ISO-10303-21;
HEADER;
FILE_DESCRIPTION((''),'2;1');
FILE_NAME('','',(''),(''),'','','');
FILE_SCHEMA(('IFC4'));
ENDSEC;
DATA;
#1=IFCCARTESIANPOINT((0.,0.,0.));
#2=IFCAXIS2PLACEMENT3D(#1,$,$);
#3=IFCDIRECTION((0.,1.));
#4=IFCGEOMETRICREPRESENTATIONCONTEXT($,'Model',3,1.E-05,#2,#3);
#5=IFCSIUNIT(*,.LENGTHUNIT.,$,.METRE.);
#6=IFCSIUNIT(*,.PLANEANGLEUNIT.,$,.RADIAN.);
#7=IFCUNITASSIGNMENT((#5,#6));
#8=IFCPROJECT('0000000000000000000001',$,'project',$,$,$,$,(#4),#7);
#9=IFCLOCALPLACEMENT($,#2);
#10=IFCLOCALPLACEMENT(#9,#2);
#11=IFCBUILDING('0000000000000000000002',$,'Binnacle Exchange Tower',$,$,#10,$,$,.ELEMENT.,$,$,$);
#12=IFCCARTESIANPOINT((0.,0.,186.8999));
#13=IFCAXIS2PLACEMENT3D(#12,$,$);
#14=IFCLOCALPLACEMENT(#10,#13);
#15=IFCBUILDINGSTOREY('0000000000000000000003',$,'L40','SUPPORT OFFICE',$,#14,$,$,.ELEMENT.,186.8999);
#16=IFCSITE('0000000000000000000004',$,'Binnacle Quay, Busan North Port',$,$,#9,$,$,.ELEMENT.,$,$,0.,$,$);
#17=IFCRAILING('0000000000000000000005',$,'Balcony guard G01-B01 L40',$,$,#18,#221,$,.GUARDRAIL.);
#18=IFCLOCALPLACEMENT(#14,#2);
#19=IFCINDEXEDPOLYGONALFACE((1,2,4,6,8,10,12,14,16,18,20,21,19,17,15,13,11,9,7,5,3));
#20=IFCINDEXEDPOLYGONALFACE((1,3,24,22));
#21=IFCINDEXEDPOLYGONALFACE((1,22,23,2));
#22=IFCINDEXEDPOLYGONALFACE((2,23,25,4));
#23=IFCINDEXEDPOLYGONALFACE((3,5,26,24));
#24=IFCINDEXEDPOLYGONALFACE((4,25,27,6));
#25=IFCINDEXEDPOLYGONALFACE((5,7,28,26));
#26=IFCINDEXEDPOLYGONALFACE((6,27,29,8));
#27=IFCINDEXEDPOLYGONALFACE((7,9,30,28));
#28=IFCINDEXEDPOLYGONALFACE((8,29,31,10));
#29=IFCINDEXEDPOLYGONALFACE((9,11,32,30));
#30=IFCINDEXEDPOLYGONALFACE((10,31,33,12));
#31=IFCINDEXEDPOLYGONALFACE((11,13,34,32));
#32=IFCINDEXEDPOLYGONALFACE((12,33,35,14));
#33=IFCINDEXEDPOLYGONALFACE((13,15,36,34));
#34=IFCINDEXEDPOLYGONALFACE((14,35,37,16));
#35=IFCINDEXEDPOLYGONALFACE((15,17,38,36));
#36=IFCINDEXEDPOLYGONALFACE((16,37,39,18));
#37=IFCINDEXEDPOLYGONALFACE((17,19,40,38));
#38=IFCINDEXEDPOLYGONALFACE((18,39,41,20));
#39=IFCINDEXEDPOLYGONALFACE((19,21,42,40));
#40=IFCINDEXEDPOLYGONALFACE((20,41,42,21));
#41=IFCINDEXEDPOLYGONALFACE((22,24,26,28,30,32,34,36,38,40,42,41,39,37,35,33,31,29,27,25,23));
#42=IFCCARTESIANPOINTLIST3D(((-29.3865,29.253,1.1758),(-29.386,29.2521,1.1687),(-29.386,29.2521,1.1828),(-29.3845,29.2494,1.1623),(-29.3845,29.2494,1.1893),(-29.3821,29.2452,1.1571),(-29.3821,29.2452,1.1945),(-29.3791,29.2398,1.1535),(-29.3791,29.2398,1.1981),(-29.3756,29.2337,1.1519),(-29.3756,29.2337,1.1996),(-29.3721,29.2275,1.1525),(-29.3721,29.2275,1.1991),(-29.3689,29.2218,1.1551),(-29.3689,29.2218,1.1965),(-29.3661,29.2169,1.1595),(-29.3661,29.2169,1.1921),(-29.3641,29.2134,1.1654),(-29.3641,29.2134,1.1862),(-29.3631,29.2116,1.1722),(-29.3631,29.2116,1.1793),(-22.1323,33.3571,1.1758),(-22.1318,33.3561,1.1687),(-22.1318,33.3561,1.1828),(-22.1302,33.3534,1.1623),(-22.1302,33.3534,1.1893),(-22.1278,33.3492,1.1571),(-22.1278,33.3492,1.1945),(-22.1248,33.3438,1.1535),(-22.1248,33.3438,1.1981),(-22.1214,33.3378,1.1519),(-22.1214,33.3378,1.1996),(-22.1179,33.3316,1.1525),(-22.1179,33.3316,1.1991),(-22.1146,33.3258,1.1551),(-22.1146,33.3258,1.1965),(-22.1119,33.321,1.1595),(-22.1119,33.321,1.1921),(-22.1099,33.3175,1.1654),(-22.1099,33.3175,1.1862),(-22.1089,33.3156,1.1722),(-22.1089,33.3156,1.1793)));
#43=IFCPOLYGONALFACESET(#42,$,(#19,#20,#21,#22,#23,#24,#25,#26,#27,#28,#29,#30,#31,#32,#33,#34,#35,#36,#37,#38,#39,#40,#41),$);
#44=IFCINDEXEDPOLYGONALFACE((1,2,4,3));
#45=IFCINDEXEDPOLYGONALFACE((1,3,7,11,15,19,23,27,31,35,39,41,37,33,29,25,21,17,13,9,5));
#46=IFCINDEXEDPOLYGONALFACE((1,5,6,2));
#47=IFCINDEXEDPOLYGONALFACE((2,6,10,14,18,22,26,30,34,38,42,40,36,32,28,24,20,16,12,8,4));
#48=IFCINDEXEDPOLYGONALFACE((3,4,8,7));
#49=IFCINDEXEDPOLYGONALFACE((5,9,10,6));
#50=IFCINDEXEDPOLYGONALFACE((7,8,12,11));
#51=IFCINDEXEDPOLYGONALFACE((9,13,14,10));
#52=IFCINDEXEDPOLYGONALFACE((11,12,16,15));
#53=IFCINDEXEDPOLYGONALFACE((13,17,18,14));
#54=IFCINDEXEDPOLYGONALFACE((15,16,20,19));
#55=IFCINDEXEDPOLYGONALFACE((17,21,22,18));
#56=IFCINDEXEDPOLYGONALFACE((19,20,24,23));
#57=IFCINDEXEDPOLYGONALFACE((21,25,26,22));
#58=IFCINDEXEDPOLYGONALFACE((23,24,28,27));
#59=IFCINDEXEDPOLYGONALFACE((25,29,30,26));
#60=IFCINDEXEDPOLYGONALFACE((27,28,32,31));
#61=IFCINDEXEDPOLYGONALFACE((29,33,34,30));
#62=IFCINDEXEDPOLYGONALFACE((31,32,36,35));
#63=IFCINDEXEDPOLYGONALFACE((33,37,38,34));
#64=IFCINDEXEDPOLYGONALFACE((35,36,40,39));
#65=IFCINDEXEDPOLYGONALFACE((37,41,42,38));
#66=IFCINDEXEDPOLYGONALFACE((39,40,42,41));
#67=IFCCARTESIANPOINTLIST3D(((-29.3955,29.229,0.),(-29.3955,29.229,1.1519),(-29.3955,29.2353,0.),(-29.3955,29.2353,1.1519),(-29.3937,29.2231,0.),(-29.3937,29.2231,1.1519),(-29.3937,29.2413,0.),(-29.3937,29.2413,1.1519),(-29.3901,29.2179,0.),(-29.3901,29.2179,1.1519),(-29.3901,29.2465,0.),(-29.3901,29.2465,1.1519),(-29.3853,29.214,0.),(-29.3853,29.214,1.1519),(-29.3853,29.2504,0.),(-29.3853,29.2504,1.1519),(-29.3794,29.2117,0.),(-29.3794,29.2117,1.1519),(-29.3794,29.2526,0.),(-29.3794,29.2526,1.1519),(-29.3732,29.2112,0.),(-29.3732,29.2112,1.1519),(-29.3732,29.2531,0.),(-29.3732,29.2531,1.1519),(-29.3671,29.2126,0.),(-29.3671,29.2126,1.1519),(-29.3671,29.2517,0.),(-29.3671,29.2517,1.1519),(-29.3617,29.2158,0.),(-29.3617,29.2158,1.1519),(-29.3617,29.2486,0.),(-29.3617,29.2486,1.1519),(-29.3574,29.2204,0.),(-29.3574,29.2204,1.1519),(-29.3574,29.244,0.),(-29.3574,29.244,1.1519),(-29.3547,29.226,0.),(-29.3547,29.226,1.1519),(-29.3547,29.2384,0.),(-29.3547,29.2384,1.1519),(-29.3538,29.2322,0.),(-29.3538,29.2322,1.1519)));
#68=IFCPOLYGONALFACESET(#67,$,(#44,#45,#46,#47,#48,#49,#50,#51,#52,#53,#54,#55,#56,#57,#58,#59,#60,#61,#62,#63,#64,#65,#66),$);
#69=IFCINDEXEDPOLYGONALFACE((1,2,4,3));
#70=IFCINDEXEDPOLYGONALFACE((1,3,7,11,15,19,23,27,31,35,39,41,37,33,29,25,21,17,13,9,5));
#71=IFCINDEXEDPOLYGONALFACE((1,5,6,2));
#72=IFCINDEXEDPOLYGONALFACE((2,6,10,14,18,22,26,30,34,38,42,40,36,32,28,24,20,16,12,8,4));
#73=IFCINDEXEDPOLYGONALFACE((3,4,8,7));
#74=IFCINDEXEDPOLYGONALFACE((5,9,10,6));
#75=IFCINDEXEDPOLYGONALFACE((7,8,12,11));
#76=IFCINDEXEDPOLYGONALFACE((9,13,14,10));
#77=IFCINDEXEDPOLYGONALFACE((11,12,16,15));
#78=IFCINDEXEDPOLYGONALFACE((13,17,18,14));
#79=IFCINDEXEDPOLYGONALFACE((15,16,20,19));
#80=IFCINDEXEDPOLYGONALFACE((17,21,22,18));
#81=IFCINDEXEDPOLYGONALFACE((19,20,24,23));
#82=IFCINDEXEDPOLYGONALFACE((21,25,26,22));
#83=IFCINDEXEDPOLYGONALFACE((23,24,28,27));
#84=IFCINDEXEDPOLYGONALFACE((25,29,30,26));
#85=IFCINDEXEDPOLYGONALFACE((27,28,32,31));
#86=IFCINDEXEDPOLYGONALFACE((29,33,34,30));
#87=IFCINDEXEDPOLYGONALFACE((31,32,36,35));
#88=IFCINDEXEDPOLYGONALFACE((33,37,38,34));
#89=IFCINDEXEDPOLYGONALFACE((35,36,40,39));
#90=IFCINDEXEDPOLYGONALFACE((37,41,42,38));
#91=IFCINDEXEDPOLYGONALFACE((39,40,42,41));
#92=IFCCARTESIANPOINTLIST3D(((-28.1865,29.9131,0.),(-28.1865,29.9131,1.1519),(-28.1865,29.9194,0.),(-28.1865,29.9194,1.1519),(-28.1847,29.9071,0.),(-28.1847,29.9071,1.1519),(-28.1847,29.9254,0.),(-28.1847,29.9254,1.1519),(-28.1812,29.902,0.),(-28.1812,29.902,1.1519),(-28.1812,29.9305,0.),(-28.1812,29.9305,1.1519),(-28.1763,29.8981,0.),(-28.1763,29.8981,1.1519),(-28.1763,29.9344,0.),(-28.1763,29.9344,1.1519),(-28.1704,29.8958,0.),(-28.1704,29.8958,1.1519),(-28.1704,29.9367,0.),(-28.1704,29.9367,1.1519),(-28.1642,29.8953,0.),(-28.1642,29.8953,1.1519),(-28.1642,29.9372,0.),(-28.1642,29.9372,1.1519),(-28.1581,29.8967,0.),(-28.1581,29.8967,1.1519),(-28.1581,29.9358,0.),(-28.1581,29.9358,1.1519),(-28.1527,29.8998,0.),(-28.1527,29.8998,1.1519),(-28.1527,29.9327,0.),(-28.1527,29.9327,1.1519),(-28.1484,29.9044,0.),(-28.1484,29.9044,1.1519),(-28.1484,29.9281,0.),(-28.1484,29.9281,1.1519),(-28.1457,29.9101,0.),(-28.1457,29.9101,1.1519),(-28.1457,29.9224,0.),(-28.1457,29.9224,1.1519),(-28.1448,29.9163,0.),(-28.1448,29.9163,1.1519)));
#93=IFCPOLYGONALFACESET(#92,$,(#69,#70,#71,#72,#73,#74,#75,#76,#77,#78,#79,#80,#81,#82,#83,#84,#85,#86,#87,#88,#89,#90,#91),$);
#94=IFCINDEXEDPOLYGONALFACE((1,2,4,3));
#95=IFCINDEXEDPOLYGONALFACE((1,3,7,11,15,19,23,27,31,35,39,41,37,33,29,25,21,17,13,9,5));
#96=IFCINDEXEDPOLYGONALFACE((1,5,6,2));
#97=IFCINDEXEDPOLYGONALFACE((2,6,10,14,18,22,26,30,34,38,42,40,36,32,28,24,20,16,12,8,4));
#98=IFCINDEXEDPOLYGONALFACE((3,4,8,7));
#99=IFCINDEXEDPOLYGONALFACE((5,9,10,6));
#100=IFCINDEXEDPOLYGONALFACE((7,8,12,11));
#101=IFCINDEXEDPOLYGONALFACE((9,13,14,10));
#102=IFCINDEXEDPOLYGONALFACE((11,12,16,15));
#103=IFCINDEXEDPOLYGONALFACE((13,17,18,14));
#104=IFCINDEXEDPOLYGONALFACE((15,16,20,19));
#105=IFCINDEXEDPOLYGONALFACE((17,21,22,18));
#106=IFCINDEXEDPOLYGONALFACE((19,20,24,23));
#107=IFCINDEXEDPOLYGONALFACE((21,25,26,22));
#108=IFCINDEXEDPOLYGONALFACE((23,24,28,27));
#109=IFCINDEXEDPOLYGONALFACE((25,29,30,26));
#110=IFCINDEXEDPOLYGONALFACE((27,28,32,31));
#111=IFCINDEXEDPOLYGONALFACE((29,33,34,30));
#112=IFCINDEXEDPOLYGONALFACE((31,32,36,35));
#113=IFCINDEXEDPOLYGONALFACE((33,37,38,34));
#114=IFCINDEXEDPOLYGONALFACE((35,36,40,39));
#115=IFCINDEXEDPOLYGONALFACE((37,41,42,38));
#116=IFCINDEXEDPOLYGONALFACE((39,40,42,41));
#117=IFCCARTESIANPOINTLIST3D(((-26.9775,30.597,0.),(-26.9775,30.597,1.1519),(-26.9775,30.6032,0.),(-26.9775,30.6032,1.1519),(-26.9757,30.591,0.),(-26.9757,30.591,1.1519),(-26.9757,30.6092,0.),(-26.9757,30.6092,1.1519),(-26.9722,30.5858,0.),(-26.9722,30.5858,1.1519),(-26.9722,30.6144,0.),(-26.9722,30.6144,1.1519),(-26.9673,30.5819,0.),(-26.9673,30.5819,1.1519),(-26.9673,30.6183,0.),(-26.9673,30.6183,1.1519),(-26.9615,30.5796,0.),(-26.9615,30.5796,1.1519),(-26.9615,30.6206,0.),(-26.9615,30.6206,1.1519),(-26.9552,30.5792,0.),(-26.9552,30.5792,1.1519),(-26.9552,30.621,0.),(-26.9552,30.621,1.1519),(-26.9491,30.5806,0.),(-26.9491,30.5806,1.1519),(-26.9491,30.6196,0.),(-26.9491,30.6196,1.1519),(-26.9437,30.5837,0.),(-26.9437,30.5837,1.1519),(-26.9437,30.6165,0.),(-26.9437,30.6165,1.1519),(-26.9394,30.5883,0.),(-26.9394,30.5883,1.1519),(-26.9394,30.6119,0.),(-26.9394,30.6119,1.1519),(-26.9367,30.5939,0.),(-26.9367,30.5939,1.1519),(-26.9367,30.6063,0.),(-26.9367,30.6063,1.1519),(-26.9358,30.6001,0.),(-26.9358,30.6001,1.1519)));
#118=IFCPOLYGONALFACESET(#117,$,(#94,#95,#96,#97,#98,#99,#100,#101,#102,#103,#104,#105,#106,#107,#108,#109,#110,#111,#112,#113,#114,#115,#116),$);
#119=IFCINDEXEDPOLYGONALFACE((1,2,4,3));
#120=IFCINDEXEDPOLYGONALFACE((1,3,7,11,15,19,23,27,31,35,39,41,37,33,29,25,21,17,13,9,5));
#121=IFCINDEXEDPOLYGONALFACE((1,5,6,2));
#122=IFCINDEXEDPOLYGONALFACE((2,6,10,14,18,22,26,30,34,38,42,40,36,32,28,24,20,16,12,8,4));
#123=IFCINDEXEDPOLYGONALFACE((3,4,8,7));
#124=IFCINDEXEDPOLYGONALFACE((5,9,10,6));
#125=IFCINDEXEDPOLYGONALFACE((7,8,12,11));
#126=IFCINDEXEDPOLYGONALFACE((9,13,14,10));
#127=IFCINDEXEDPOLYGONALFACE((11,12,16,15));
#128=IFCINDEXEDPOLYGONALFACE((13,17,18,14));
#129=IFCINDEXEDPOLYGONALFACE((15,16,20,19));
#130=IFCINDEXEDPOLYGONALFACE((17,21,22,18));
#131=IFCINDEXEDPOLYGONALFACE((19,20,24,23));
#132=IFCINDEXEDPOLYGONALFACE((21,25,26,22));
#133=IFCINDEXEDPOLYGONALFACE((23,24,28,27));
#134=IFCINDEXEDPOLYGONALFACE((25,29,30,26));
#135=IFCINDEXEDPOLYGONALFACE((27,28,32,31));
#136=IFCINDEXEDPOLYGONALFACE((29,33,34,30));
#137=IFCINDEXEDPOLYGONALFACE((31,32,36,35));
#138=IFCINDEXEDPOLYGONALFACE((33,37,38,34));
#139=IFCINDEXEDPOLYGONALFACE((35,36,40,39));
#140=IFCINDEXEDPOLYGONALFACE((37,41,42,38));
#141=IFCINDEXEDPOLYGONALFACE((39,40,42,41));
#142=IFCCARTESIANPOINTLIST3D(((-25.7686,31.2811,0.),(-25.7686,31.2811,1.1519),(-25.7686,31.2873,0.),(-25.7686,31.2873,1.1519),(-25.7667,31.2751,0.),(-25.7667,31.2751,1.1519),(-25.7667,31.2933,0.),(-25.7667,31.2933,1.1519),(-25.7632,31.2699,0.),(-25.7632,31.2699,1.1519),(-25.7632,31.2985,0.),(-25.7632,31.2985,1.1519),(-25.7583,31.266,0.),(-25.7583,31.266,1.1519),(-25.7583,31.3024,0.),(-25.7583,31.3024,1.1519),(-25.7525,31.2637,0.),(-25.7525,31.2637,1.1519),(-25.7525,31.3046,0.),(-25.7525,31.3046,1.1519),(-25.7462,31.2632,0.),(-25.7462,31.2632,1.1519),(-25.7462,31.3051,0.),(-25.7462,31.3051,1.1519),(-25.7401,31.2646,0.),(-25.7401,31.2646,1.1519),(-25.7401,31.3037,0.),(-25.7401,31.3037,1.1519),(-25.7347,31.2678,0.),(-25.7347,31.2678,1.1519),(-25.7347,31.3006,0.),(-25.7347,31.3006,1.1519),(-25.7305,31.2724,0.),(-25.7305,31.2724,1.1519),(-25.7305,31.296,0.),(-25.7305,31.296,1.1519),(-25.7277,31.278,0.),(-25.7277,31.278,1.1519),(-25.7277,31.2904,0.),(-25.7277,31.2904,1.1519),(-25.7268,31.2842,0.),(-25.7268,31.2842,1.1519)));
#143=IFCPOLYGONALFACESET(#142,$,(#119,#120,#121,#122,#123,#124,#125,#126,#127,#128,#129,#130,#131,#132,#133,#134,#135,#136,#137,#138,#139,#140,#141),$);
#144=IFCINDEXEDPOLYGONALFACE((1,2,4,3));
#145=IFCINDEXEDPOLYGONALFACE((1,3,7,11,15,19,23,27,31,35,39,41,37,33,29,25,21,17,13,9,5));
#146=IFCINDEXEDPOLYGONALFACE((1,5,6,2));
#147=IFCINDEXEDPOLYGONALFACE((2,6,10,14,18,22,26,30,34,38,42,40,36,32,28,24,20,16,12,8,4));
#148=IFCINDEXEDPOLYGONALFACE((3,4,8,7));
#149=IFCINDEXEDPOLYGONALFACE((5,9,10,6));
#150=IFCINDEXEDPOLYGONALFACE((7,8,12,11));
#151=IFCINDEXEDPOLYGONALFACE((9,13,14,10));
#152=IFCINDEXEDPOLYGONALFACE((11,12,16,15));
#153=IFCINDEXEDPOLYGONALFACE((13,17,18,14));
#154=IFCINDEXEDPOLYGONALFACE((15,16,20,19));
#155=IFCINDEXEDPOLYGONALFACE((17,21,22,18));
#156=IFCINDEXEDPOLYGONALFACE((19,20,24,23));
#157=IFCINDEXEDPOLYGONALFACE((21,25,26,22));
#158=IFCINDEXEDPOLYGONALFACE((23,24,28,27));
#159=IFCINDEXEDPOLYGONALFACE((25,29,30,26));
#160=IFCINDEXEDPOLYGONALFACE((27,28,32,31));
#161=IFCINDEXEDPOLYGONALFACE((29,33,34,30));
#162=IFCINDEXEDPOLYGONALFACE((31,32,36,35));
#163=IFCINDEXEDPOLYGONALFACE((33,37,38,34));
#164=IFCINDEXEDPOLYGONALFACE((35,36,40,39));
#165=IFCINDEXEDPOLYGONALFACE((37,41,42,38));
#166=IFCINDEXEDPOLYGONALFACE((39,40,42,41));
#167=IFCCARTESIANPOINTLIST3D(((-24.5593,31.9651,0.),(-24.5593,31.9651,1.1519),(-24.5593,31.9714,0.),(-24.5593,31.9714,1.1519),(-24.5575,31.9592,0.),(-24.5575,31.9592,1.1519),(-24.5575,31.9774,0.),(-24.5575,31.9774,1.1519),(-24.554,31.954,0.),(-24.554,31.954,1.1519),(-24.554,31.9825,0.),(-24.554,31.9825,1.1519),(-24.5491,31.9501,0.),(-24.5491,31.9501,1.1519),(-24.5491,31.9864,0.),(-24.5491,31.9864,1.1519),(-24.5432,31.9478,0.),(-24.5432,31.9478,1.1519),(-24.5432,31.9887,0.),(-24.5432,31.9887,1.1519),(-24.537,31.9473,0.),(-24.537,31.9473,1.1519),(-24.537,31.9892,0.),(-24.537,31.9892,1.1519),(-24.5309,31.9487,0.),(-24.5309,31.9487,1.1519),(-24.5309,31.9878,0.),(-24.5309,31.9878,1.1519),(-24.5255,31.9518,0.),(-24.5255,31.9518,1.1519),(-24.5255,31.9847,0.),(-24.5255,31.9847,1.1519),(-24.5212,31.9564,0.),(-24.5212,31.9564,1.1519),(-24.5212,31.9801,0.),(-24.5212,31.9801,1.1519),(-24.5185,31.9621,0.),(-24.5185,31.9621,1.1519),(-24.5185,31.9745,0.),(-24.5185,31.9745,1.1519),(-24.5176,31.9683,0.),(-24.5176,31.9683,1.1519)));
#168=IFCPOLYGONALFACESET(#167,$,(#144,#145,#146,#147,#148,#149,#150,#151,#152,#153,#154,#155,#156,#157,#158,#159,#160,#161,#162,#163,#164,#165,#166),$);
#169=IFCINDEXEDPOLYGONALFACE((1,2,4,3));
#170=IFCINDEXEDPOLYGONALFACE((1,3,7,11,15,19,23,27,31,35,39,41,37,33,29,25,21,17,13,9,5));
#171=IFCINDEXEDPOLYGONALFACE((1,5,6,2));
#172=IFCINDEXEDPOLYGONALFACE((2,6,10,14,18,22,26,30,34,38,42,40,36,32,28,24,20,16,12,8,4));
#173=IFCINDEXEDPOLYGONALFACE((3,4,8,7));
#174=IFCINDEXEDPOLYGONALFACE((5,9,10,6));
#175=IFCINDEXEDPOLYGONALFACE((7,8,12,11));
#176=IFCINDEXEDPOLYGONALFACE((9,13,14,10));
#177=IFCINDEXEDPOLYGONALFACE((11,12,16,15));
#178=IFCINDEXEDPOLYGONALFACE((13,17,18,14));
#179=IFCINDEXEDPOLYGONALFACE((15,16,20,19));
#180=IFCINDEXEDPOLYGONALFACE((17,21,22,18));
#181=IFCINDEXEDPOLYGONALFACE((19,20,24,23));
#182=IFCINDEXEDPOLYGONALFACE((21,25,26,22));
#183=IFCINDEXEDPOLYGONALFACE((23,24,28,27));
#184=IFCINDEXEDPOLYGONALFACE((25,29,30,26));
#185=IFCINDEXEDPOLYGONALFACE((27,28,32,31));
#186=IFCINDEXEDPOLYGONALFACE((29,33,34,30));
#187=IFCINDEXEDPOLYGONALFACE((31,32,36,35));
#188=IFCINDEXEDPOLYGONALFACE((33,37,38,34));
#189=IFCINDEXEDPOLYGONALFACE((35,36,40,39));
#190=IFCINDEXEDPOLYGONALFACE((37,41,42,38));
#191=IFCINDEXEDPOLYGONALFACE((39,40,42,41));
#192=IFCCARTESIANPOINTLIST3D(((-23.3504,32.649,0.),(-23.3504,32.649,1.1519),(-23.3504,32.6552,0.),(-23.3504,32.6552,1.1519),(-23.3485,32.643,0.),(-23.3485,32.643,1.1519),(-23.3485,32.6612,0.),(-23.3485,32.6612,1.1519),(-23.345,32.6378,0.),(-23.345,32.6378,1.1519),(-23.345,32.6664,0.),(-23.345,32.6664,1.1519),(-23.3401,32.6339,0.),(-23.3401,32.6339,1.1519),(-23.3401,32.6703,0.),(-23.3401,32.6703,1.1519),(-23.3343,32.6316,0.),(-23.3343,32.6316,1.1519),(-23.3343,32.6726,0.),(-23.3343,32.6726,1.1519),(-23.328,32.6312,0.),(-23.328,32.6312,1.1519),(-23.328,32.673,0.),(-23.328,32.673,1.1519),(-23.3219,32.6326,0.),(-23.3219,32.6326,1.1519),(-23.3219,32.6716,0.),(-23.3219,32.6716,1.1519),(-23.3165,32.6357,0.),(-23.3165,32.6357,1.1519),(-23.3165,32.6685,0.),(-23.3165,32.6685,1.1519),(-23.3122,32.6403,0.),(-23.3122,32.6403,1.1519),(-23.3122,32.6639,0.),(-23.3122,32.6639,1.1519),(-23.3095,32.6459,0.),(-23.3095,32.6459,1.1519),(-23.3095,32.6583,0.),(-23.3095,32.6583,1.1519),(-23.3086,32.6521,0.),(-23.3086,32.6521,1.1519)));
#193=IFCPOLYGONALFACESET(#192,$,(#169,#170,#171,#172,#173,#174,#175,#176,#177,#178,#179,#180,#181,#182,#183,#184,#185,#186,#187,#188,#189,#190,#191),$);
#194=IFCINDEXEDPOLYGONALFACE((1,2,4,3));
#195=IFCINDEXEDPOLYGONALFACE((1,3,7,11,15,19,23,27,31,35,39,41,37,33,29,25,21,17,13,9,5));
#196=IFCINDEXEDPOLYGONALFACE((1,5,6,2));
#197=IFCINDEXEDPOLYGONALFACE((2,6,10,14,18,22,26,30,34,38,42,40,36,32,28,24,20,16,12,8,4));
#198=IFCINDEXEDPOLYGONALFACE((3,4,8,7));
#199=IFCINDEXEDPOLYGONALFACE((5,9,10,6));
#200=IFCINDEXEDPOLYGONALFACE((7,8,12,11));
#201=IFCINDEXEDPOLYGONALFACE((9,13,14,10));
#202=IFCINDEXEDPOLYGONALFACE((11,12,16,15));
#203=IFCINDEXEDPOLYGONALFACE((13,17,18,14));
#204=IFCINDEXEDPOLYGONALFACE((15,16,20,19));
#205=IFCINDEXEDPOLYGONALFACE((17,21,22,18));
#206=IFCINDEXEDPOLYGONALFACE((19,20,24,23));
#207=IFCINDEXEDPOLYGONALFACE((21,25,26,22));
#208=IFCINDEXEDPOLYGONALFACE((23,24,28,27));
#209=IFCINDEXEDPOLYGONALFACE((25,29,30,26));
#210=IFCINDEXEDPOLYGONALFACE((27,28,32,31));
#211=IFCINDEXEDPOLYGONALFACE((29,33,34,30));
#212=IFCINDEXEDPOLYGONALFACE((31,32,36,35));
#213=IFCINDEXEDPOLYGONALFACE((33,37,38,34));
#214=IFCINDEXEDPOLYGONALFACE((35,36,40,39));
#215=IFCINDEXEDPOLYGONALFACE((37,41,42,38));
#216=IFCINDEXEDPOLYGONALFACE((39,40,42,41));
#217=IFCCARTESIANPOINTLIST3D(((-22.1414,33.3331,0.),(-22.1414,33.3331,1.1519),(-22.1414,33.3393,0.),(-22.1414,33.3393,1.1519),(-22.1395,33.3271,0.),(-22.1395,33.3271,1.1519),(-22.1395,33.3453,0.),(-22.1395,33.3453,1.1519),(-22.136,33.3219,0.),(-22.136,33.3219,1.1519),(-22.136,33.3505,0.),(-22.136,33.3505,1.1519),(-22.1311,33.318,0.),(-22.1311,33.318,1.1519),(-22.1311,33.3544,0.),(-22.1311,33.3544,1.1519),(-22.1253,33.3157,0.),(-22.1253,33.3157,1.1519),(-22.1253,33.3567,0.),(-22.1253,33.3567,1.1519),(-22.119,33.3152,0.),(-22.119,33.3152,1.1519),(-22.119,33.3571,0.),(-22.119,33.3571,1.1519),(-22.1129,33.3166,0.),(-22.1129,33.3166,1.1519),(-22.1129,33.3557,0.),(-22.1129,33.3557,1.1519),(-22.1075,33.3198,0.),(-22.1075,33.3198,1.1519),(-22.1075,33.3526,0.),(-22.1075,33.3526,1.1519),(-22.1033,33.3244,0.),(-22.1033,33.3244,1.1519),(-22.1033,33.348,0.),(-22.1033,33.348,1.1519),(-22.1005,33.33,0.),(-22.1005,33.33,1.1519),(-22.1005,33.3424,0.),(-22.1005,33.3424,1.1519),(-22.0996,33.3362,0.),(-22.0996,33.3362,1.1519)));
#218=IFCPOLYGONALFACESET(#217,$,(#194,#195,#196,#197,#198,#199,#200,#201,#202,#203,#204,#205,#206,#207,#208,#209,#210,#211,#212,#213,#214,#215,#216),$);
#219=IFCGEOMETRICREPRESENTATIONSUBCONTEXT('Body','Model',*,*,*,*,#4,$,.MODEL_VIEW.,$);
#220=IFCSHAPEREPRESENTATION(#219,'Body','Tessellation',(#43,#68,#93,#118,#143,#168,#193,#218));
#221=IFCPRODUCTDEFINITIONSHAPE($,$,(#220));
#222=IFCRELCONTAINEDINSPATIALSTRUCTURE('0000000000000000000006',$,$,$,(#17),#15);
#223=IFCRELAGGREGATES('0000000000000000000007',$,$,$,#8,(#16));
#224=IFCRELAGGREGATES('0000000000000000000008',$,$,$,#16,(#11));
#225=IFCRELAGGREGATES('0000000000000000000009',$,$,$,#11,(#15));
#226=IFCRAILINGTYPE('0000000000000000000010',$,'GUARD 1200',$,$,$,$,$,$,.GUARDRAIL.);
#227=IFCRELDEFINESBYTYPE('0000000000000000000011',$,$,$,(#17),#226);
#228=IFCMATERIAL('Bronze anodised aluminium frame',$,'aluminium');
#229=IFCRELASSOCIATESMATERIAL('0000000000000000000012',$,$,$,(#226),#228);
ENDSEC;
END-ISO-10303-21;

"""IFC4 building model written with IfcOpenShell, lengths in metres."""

from ifc_helpers import new_model, si_unit, direction, frame, origin, origin_2d, place, context, subcontext, project, spatial, circle, extrude, material, type_object, element, save


model = new_model("IFC4")

# Units and contexts
model_context = context("Model", 3, precision=1e-05, world=origin(), true_north=direction((0.0, 1.0)))
body_context = subcontext(model_context, "Body", "Model", "MODEL_VIEW")
ifc_project = project(units=[si_unit("LENGTHUNIT", "METRE"), si_unit("PLANEANGLEUNIT", "RADIAN")], contexts=[model_context])

# Site, building, storey
site_placement = place(None, origin())
site = spatial("IfcSite", under=ifc_project, at=site_placement, Name="Binnacle Quay, Busan North Port", CompositionType="ELEMENT", RefElevation=0.0)
building_placement = place(site_placement, origin())
building = spatial("IfcBuilding", under=site, at=building_placement, Name="Binnacle Exchange Tower", CompositionType="ELEMENT")
storey_placement = place(building_placement, frame((0.0, 0.0, 186.8999)))
storey = spatial("IfcBuildingStorey", under=building, at=storey_placement, Name="L40", Description="SUPPORT OFFICE", CompositionType="ELEMENT", Elevation=186.8999)

# Railing
ifc_material_1 = material(Name="Bronze anodised aluminium frame", Category="aluminium")
railing_type_1 = type_object("IfcRailingType", Name="GUARD 1200", PredefinedType="GUARDRAIL", material=ifc_material_1)
railing_1_placement = place(storey_placement, frame((-29.3748, 29.2322, 0.0)))
element("IfcRailing", 1, at=railing_1_placement, inside=storey, type_object=railing_type_1, Name="Balcony guard G01-B01 L40", PredefinedType="GUARDRAIL", context=body_context, shape_type="SweptSolid", body=[
    extrude(circle(Radius=0.0239, at=origin_2d()), frame((0.0, 0.0, 1.1758), z_axis=(0.870366, 0.492406, 0.0), x_axis=(-0.492406, 0.870366, 0.0)), (0.0, 0.0, 1.0), 8.3347),
    extrude(circle(Radius=0.021, at=origin_2d()), origin(), (0.0, 0.0, 1.0), 1.1519),
    extrude(circle(Radius=0.021, at=origin_2d()), frame((1.209, 0.6841, 0.0)), (0.0, 0.0, 1.0), 1.1519),
    extrude(circle(Radius=0.021, at=origin_2d()), frame((2.418, 1.3679, 0.0)), (0.0, 0.0, 1.0), 1.1519),
    extrude(circle(Radius=0.021, at=origin_2d()), frame((3.627, 2.052, 0.0)), (0.0, 0.0, 1.0), 1.1519),
    extrude(circle(Radius=0.021, at=origin_2d()), frame((4.8362, 2.7361, 0.0)), (0.0, 0.0, 1.0), 1.1519),
    extrude(circle(Radius=0.021, at=origin_2d()), frame((6.0452, 3.4199, 0.0)), (0.0, 0.0, 1.0), 1.1519),
    extrude(circle(Radius=0.021, at=origin_2d()), frame((7.2542, 4.104, 0.0)), (0.0, 0.0, 1.0), 1.1519),
])

save(model, "model.ifc")
